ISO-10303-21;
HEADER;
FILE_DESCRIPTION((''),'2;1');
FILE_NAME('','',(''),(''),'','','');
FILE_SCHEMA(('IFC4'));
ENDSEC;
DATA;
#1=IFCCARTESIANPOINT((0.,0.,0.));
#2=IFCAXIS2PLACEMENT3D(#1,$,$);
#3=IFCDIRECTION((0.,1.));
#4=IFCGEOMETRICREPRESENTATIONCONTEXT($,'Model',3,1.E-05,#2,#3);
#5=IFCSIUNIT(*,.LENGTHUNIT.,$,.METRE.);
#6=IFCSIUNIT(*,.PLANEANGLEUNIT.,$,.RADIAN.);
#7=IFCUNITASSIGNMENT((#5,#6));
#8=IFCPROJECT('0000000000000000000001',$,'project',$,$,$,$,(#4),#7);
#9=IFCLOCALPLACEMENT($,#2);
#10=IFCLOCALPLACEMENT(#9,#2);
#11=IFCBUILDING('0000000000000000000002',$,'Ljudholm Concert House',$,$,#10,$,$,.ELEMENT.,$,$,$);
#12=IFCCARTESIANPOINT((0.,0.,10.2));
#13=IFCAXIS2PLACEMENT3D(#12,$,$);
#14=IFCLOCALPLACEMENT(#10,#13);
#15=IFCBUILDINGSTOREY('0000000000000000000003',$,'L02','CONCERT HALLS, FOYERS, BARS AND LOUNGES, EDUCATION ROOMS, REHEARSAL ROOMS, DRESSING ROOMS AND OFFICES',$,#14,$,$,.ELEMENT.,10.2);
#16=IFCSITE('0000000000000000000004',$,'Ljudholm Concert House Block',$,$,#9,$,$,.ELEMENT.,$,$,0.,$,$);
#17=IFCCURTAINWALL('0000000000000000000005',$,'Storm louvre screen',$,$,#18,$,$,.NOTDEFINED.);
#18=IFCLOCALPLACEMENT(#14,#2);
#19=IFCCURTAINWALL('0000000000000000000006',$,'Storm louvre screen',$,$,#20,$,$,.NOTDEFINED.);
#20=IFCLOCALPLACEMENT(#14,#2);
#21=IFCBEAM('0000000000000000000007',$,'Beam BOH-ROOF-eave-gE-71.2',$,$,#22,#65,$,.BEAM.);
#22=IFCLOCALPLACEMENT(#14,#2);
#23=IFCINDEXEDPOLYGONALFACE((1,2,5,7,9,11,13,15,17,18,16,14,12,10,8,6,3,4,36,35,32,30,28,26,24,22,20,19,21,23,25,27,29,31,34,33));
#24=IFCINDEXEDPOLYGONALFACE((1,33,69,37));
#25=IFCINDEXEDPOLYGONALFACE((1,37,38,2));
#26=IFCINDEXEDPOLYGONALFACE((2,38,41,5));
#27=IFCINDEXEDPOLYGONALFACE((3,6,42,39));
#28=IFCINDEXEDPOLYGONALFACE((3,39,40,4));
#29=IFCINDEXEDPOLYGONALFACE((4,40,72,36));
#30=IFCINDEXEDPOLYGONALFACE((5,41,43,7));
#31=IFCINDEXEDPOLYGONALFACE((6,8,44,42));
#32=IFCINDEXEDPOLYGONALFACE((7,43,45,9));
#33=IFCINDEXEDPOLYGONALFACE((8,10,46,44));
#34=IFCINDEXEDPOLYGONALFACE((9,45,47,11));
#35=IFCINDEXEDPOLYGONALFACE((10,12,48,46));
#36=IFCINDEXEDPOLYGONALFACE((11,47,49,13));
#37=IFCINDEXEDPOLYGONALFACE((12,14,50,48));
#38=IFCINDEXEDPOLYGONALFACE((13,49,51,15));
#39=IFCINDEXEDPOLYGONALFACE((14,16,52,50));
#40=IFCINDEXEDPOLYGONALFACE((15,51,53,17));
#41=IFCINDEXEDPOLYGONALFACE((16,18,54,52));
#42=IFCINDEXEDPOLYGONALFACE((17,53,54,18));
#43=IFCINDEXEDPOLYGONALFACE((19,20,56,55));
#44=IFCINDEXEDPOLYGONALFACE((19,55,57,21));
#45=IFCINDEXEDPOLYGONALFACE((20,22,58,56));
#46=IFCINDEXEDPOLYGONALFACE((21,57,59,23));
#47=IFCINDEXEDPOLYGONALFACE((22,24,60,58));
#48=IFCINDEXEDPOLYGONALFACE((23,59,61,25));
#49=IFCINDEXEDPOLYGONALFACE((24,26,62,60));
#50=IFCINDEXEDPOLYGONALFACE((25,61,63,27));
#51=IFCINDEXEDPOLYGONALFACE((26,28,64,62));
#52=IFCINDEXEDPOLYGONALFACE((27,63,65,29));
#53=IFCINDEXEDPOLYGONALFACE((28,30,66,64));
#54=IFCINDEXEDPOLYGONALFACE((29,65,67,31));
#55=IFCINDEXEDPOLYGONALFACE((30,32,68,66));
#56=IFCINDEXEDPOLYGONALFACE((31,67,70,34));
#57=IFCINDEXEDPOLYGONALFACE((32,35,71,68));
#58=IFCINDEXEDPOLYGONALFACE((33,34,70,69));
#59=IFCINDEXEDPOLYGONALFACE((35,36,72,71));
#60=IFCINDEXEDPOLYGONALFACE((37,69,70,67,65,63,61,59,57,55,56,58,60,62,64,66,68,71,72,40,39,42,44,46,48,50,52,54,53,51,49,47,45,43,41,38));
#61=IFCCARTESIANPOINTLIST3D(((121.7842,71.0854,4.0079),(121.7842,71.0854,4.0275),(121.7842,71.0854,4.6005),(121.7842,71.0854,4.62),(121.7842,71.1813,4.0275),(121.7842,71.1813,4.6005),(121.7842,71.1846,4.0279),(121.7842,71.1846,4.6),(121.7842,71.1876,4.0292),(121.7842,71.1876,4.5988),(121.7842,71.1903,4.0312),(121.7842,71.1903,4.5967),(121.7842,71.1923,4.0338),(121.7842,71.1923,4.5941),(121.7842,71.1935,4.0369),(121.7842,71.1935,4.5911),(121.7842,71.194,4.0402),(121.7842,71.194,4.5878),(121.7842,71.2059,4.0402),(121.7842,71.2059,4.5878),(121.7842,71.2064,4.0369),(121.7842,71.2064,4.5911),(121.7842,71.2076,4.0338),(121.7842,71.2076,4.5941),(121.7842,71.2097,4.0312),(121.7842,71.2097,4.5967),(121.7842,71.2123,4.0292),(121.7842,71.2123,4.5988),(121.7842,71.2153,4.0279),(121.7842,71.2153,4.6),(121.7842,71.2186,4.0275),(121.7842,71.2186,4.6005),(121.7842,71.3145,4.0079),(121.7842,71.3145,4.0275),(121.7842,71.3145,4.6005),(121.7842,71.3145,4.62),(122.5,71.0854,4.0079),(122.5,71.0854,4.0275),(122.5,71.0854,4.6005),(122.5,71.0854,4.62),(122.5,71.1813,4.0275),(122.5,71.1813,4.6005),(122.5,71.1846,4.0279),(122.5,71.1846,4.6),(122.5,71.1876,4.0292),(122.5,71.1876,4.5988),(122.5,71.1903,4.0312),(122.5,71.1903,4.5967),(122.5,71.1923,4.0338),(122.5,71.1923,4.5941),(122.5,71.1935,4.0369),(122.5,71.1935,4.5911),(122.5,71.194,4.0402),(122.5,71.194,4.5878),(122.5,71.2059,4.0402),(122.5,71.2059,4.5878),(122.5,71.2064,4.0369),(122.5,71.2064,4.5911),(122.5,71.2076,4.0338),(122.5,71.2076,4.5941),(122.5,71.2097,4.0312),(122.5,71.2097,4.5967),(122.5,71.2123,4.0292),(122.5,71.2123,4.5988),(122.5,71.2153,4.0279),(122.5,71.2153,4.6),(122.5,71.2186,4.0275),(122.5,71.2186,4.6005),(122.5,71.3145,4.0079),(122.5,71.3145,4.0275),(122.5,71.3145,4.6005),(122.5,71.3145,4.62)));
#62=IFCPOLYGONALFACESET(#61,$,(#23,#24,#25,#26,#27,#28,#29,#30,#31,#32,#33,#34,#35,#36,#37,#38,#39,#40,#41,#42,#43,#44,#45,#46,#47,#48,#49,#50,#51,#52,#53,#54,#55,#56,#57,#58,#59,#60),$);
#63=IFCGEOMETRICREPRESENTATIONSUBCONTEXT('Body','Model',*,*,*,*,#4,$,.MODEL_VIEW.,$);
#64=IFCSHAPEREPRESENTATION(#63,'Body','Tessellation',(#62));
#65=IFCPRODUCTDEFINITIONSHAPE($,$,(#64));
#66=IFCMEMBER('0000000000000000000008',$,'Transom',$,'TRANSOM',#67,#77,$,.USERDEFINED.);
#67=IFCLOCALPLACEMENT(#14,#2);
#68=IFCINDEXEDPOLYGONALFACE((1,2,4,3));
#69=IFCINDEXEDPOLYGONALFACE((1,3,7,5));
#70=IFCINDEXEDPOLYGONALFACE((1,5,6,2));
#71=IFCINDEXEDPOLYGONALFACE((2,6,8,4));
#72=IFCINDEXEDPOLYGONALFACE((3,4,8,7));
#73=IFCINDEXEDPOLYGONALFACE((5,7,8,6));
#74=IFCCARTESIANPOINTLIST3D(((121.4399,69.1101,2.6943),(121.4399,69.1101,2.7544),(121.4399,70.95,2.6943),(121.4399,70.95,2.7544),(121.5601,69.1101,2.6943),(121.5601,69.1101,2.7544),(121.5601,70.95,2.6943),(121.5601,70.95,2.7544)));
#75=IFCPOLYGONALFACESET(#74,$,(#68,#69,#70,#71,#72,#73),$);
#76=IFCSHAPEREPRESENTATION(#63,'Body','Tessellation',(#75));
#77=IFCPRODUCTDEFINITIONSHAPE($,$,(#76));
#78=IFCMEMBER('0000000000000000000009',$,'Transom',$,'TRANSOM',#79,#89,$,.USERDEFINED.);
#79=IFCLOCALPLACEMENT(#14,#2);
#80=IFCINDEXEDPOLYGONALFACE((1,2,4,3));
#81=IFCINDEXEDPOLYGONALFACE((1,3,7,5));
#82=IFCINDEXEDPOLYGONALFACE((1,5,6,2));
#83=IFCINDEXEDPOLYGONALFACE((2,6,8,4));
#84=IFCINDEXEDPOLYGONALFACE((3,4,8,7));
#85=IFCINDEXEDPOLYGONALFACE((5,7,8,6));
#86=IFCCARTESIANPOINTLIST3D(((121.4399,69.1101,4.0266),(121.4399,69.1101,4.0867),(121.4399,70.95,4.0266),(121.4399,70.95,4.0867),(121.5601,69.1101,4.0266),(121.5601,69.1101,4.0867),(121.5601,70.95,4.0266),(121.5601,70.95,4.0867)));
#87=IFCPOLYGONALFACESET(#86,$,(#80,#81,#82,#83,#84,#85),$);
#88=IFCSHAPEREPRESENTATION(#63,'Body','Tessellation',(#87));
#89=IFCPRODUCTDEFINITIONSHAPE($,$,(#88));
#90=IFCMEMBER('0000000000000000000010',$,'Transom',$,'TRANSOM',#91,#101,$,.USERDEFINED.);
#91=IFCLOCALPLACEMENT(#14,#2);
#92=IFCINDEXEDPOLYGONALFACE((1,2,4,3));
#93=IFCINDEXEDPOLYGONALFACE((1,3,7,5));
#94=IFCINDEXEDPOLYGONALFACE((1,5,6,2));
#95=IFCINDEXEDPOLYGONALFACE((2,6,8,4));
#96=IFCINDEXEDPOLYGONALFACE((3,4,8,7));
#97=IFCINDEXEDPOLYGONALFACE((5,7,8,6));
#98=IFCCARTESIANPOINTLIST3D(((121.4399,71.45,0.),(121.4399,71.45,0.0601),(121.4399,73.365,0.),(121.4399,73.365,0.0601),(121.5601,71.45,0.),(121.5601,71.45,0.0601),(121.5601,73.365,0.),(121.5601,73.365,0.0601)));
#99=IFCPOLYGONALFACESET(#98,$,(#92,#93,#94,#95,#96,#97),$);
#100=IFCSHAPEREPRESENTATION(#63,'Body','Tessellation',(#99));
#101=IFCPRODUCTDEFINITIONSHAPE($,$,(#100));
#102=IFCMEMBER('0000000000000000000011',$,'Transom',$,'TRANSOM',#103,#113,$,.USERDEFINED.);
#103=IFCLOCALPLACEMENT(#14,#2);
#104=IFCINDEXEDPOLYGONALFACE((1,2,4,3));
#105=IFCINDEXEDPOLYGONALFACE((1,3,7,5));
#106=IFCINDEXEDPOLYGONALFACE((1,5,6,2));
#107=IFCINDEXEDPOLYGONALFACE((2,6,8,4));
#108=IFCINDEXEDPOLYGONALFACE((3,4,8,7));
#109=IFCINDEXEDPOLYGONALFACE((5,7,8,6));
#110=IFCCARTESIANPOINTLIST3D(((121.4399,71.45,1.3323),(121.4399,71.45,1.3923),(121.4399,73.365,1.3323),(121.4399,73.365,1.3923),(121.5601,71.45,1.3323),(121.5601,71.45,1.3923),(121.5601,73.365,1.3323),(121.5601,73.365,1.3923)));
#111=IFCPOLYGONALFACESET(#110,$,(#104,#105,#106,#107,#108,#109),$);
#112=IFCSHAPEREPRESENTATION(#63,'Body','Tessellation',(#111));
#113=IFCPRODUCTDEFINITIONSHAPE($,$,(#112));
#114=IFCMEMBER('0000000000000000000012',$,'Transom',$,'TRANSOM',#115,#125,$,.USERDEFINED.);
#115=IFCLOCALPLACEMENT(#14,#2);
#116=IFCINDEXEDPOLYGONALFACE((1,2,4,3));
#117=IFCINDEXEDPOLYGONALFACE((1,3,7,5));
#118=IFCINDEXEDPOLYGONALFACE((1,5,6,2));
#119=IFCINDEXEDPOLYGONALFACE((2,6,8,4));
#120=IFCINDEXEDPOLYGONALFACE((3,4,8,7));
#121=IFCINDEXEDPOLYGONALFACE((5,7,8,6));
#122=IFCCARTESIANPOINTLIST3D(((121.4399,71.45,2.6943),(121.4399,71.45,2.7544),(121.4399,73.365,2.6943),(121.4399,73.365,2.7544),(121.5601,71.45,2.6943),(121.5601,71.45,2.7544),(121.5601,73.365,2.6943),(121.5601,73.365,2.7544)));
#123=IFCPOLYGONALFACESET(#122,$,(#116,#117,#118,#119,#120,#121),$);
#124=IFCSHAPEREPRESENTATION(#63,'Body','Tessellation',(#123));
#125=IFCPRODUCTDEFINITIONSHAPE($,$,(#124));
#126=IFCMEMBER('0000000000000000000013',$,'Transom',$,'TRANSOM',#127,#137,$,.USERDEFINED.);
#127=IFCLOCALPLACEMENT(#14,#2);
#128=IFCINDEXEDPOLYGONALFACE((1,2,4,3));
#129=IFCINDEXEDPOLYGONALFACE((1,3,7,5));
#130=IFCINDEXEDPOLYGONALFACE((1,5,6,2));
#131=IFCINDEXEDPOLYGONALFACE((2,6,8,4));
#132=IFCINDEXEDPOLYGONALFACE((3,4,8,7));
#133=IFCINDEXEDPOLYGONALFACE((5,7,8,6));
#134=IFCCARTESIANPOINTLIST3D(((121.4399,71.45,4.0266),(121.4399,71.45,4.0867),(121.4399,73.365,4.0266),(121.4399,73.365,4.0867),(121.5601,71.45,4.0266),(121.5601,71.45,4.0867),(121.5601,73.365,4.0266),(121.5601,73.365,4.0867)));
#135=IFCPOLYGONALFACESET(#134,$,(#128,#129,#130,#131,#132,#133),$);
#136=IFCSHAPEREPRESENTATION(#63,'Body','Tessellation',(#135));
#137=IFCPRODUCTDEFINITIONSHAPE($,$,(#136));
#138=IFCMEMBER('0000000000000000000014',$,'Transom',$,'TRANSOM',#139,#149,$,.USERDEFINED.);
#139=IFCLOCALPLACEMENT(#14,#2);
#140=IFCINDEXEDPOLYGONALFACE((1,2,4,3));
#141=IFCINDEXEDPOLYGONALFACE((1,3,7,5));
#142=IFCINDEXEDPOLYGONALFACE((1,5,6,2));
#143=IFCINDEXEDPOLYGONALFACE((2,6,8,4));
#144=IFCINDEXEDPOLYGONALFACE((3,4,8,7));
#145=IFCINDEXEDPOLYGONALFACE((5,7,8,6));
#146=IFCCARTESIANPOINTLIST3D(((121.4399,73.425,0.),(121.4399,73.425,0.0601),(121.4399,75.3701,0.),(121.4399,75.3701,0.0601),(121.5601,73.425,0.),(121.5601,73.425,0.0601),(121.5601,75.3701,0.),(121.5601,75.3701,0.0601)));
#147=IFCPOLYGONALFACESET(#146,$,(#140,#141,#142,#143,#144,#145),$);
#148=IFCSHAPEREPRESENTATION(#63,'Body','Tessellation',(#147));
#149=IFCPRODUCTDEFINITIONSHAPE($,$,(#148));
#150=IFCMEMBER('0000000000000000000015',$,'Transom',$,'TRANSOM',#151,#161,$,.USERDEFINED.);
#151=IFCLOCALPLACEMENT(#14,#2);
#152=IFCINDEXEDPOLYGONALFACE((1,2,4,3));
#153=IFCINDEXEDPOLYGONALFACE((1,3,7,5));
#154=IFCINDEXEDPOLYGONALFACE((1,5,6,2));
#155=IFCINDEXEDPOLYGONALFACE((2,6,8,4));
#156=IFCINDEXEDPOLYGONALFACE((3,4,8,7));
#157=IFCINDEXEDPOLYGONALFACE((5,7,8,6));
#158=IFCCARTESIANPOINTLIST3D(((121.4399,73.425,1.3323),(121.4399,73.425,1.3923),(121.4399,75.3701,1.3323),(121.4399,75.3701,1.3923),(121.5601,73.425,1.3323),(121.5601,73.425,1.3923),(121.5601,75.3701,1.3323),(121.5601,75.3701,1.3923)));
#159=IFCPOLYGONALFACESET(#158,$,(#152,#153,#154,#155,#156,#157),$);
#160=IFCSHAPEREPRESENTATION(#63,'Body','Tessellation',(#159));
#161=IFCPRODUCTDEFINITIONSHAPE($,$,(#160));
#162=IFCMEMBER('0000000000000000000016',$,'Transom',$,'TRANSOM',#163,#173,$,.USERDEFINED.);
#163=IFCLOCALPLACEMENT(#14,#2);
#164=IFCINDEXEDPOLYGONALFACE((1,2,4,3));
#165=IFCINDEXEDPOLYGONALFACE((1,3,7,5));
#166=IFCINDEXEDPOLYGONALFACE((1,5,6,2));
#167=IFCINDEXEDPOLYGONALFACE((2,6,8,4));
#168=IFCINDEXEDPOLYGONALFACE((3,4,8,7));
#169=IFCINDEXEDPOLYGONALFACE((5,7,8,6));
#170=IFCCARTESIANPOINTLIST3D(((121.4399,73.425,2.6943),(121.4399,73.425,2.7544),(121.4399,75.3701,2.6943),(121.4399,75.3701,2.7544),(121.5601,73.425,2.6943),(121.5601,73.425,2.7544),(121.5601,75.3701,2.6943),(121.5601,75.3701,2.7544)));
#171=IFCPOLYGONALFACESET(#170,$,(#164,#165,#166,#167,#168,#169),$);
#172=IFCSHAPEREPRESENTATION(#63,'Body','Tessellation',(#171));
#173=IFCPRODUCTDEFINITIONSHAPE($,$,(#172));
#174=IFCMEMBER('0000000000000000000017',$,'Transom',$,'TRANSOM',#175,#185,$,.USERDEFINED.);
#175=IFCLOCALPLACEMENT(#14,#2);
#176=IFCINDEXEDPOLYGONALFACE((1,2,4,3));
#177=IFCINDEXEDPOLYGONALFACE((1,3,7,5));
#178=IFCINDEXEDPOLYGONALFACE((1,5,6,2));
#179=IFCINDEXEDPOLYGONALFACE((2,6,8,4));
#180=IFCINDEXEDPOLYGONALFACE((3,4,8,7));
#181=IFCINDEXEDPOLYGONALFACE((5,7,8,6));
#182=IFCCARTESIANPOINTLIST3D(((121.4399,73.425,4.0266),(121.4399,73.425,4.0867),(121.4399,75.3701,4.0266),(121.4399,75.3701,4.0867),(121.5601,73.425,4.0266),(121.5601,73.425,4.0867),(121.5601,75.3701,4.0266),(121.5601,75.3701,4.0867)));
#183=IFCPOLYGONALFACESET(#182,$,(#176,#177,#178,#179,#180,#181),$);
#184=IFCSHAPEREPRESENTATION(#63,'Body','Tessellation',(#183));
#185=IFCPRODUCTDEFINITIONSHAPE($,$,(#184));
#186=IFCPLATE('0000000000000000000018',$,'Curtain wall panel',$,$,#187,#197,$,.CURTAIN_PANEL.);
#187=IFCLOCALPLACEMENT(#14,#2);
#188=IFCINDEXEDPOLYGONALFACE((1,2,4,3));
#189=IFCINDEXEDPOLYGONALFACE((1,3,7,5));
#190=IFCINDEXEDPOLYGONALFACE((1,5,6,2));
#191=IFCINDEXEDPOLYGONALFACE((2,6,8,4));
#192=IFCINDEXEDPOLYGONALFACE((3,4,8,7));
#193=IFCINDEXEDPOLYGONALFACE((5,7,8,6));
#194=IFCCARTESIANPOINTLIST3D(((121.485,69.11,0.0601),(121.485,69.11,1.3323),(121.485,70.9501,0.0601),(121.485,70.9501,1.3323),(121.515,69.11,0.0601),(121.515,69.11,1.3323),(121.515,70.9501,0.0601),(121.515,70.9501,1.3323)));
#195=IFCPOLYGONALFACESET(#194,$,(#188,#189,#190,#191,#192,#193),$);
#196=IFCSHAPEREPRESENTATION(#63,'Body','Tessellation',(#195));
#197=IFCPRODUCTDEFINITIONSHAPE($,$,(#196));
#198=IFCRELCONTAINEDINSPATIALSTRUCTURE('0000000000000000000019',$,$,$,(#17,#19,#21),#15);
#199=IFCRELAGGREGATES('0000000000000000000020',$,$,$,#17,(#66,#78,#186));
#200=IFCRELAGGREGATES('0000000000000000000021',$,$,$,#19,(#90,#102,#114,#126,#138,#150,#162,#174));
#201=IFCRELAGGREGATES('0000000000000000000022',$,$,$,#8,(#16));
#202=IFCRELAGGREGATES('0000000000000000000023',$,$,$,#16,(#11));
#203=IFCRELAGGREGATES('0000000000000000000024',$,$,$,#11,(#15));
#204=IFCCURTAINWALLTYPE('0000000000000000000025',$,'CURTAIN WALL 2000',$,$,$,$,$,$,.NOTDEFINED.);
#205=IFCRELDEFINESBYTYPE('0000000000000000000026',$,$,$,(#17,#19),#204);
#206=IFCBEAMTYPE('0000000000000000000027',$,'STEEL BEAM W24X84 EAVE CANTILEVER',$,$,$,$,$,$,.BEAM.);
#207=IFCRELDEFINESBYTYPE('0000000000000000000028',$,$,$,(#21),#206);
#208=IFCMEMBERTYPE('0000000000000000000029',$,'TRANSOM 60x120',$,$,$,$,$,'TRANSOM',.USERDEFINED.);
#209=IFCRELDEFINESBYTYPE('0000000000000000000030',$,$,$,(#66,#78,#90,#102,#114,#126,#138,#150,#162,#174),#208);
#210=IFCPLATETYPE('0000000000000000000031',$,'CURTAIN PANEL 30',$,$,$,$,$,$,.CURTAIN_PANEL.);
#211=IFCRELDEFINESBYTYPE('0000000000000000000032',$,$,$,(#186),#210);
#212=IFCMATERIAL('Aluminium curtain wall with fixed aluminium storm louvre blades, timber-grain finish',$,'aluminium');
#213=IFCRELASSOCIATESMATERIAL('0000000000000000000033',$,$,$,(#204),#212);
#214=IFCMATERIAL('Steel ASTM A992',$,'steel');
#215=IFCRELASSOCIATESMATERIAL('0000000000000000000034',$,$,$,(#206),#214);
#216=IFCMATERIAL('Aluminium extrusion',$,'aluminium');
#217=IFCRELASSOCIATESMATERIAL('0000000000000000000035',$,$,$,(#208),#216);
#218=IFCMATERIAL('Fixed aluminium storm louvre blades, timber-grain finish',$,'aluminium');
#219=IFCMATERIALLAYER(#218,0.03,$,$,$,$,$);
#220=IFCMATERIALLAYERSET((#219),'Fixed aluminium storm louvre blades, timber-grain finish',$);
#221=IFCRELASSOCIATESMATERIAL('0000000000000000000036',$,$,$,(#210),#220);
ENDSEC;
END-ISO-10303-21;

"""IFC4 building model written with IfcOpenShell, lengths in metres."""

from ifc_helpers import new_model, si_unit, direction, frame, origin, origin_2d, place, context, subcontext, project, spatial, rectangle, i_section, extrude, material, layer, layer_set, material_profile, profile_set, type_object, element, aggregate, save


model = new_model("IFC4")

# Units and contexts
model_context = context("Model", 3, precision=1e-05, world=origin(), true_north=direction((0.0, 1.0)))
body_context = subcontext(model_context, "Body", "Model", "MODEL_VIEW")
ifc_project = project(units=[si_unit("LENGTHUNIT", "METRE"), si_unit("PLANEANGLEUNIT", "RADIAN")], contexts=[model_context])

# Site, building, storey
site_placement = place(None, origin())
site = spatial("IfcSite", under=ifc_project, at=site_placement, Name="Ljudholm Concert House Block", CompositionType="ELEMENT", RefElevation=0.0)
building_placement = place(site_placement, origin())
building = spatial("IfcBuilding", under=site, at=building_placement, Name="Ljudholm Concert House", CompositionType="ELEMENT")
storey_placement = place(building_placement, frame((0.0, 0.0, 10.2)))
storey = spatial("IfcBuildingStorey", under=building, at=storey_placement, Name="L02", Description="CONCERT HALLS, FOYERS, BARS AND LOUNGES, EDUCATION ROOMS, REHEARSAL ROOMS, DRESSING ROOMS AND OFFICES", CompositionType="ELEMENT", Elevation=10.2)

# Curtain wall
ifc_material_1 = material(Name="Aluminium curtain wall with fixed aluminium storm louvre blades, timber-grain finish", Category="aluminium")
curtain_wall_type = type_object("IfcCurtainWallType", Name="CURTAIN WALL 2000", PredefinedType="NOTDEFINED", material=ifc_material_1)
curtain_wall_1_placement = place(storey_placement, origin())
curtain_wall_1 = element("IfcCurtainWall", 1, at=curtain_wall_1_placement, inside=storey, type_object=curtain_wall_type, Name="Storm louvre screen", PredefinedType="NOTDEFINED")

# Curtain wall
curtain_wall_2_placement = place(storey_placement, origin())
curtain_wall_2 = element("IfcCurtainWall", 2, at=curtain_wall_2_placement, inside=storey, type_object=curtain_wall_type, Name="Storm louvre screen", PredefinedType="NOTDEFINED")

# Beam
ifc_material_2 = material(Name="Steel ASTM A992", Category="steel")
ifc_material_profile_1 = material_profile(ifc_material_2, i_section(OverallWidth=0.229, OverallDepth=0.6121, WebThickness=0.012, FlangeThickness=0.0195, FilletRadius=0.0127, at=origin_2d()), Name="W24X84")
ifc_profile_set_1 = profile_set([ifc_material_profile_1], Name="Steel ASTM A992")
beam_type_1 = type_object("IfcBeamType", Name="STEEL BEAM W24X84 EAVE CANTILEVER", PredefinedType="BEAM", material=ifc_profile_set_1)
beam_1_placement = place(storey_placement, frame((121.7842, 71.2, 4.314), z_axis=(1.0, 0.0, 0.0), x_axis=(0.0, 1.0, 0.0)))
element("IfcBeam", 3, at=beam_1_placement, inside=storey, type_object=beam_type_1, Name="Beam BOH-ROOF-eave-gE-71.2", PredefinedType="BEAM", context=body_context, shape_type="SweptSolid", body=[
    extrude(i_section(OverallWidth=0.229, OverallDepth=0.6121, WebThickness=0.012, FlangeThickness=0.0195, FilletRadius=0.0127, at=origin_2d()), origin(), (0.0, 0.0, 1.0), 0.7158),
])

# Members
ifc_material_3 = material(Name="Aluminium extrusion", Category="aluminium")
ifc_material_profile_2 = material_profile(ifc_material_3, rectangle(XDim=0.1201, YDim=0.0601, at=origin_2d()), Name="TRANSOM 60x120")
ifc_profile_set_2 = profile_set([ifc_material_profile_2], Name="Aluminium extrusion")
member_type_1 = type_object("IfcMemberType", Name="TRANSOM 60x120", ElementType="TRANSOM", PredefinedType="USERDEFINED", material=ifc_profile_set_2)
member_1_placement = place(storey_placement, frame((121.5, 69.1101, 2.7244), z_axis=(0.0, 1.0, 0.0), x_axis=(-1.0, 0.0, 0.0)))
member_1 = element("IfcMember", 4, at=member_1_placement, type_object=member_type_1, Name="Transom", ObjectType="TRANSOM", PredefinedType="USERDEFINED", context=body_context, shape_type="SweptSolid", body=[
    extrude(rectangle(XDim=0.1201, YDim=0.0601, at=origin_2d()), origin(), (0.0, 0.0, 1.0), 1.8398),
])
member_2_placement = place(storey_placement, frame((121.5, 69.1101, 4.0566), z_axis=(0.0, 1.0, 0.0), x_axis=(-1.0, 0.0, 0.0)))
member_2 = element("IfcMember", 5, at=member_2_placement, type_object=member_type_1, Name="Transom", ObjectType="TRANSOM", PredefinedType="USERDEFINED", context=body_context, shape_type="SweptSolid", body=[
    extrude(rectangle(XDim=0.1201, YDim=0.0601, at=origin_2d()), origin(), (0.0, 0.0, 1.0), 1.8398),
])
member_3_placement = place(storey_placement, frame((121.5, 71.45, 0.03), z_axis=(0.0, 1.0, 0.0), x_axis=(-1.0, 0.0, 0.0)))
member_3 = element("IfcMember", 6, at=member_3_placement, type_object=member_type_1, Name="Transom", ObjectType="TRANSOM", PredefinedType="USERDEFINED", context=body_context, shape_type="SweptSolid", body=[
    extrude(rectangle(XDim=0.1201, YDim=0.0601, at=origin_2d()), origin(), (0.0, 0.0, 1.0), 1.915),
])
member_4_placement = place(storey_placement, frame((121.5, 71.45, 1.3623), z_axis=(0.0, 1.0, 0.0), x_axis=(-1.0, 0.0, 0.0)))
member_4 = element("IfcMember", 7, at=member_4_placement, type_object=member_type_1, Name="Transom", ObjectType="TRANSOM", PredefinedType="USERDEFINED", context=body_context, shape_type="SweptSolid", body=[
    extrude(rectangle(XDim=0.1201, YDim=0.0601, at=origin_2d()), origin(), (0.0, 0.0, 1.0), 1.915),
])
member_5_placement = place(storey_placement, frame((121.5, 71.45, 2.7244), z_axis=(0.0, 1.0, 0.0), x_axis=(-1.0, 0.0, 0.0)))
member_5 = element("IfcMember", 8, at=member_5_placement, type_object=member_type_1, Name="Transom", ObjectType="TRANSOM", PredefinedType="USERDEFINED", context=body_context, shape_type="SweptSolid", body=[
    extrude(rectangle(XDim=0.1201, YDim=0.0601, at=origin_2d()), origin(), (0.0, 0.0, 1.0), 1.915),
])
member_6_placement = place(storey_placement, frame((121.5, 71.45, 4.0566), z_axis=(0.0, 1.0, 0.0), x_axis=(-1.0, 0.0, 0.0)))
member_6 = element("IfcMember", 9, at=member_6_placement, type_object=member_type_1, Name="Transom", ObjectType="TRANSOM", PredefinedType="USERDEFINED", context=body_context, shape_type="SweptSolid", body=[
    extrude(rectangle(XDim=0.1201, YDim=0.0601, at=origin_2d()), origin(), (0.0, 0.0, 1.0), 1.915),
])
member_7_placement = place(storey_placement, frame((121.5, 73.425, 0.03), z_axis=(0.0, 1.0, 0.0), x_axis=(-1.0, 0.0, 0.0)))
member_7 = element("IfcMember", 10, at=member_7_placement, type_object=member_type_1, Name="Transom", ObjectType="TRANSOM", PredefinedType="USERDEFINED", context=body_context, shape_type="SweptSolid", body=[
    extrude(rectangle(XDim=0.1201, YDim=0.0601, at=origin_2d()), origin(), (0.0, 0.0, 1.0), 1.9451),
])
member_8_placement = place(storey_placement, frame((121.5, 73.425, 1.3623), z_axis=(0.0, 1.0, 0.0), x_axis=(-1.0, 0.0, 0.0)))
member_8 = element("IfcMember", 11, at=member_8_placement, type_object=member_type_1, Name="Transom", ObjectType="TRANSOM", PredefinedType="USERDEFINED", context=body_context, shape_type="SweptSolid", body=[
    extrude(rectangle(XDim=0.1201, YDim=0.0601, at=origin_2d()), origin(), (0.0, 0.0, 1.0), 1.9451),
])
member_9_placement = place(storey_placement, frame((121.5, 73.425, 2.7244), z_axis=(0.0, 1.0, 0.0), x_axis=(-1.0, 0.0, 0.0)))
member_9 = element("IfcMember", 12, at=member_9_placement, type_object=member_type_1, Name="Transom", ObjectType="TRANSOM", PredefinedType="USERDEFINED", context=body_context, shape_type="SweptSolid", body=[
    extrude(rectangle(XDim=0.1201, YDim=0.0601, at=origin_2d()), origin(), (0.0, 0.0, 1.0), 1.9451),
])
member_10_placement = place(storey_placement, frame((121.5, 73.425, 4.0566), z_axis=(0.0, 1.0, 0.0), x_axis=(-1.0, 0.0, 0.0)))
member_10 = element("IfcMember", 13, at=member_10_placement, type_object=member_type_1, Name="Transom", ObjectType="TRANSOM", PredefinedType="USERDEFINED", context=body_context, shape_type="SweptSolid", body=[
    extrude(rectangle(XDim=0.1201, YDim=0.0601, at=origin_2d()), origin(), (0.0, 0.0, 1.0), 1.9451),
])

# Plate
ifc_material_4 = material(Name="Fixed aluminium storm louvre blades, timber-grain finish", Category="aluminium")
ifc_layer_1 = layer(ifc_material_4, 0.03)
ifc_layer_set_1 = layer_set([ifc_layer_1], Name="Fixed aluminium storm louvre blades, timber-grain finish")
plate_type = type_object("IfcPlateType", Name="CURTAIN PANEL 30", PredefinedType="CURTAIN_PANEL", material=ifc_layer_set_1)
plate_1_placement = place(storey_placement, frame((121.5, 70.03, 0.0601), z_axis=(0.0, 0.0, 1.0), x_axis=(0.0, 1.0, 0.0)))
plate_1 = element("IfcPlate", 14, at=plate_1_placement, type_object=plate_type, Name="Curtain wall panel", PredefinedType="CURTAIN_PANEL", context=body_context, shape_type="SweptSolid", body=[
    extrude(rectangle(XDim=1.8401, YDim=0.03, at=origin_2d()), origin(), (0.0, 0.0, 1.0), 1.2722),
])
aggregate(curtain_wall_1, [member_1, member_2, plate_1])
aggregate(curtain_wall_2, [member_3, member_4, member_5, member_6, member_7, member_8, member_9, member_10])

save(model, "model.ifc")
